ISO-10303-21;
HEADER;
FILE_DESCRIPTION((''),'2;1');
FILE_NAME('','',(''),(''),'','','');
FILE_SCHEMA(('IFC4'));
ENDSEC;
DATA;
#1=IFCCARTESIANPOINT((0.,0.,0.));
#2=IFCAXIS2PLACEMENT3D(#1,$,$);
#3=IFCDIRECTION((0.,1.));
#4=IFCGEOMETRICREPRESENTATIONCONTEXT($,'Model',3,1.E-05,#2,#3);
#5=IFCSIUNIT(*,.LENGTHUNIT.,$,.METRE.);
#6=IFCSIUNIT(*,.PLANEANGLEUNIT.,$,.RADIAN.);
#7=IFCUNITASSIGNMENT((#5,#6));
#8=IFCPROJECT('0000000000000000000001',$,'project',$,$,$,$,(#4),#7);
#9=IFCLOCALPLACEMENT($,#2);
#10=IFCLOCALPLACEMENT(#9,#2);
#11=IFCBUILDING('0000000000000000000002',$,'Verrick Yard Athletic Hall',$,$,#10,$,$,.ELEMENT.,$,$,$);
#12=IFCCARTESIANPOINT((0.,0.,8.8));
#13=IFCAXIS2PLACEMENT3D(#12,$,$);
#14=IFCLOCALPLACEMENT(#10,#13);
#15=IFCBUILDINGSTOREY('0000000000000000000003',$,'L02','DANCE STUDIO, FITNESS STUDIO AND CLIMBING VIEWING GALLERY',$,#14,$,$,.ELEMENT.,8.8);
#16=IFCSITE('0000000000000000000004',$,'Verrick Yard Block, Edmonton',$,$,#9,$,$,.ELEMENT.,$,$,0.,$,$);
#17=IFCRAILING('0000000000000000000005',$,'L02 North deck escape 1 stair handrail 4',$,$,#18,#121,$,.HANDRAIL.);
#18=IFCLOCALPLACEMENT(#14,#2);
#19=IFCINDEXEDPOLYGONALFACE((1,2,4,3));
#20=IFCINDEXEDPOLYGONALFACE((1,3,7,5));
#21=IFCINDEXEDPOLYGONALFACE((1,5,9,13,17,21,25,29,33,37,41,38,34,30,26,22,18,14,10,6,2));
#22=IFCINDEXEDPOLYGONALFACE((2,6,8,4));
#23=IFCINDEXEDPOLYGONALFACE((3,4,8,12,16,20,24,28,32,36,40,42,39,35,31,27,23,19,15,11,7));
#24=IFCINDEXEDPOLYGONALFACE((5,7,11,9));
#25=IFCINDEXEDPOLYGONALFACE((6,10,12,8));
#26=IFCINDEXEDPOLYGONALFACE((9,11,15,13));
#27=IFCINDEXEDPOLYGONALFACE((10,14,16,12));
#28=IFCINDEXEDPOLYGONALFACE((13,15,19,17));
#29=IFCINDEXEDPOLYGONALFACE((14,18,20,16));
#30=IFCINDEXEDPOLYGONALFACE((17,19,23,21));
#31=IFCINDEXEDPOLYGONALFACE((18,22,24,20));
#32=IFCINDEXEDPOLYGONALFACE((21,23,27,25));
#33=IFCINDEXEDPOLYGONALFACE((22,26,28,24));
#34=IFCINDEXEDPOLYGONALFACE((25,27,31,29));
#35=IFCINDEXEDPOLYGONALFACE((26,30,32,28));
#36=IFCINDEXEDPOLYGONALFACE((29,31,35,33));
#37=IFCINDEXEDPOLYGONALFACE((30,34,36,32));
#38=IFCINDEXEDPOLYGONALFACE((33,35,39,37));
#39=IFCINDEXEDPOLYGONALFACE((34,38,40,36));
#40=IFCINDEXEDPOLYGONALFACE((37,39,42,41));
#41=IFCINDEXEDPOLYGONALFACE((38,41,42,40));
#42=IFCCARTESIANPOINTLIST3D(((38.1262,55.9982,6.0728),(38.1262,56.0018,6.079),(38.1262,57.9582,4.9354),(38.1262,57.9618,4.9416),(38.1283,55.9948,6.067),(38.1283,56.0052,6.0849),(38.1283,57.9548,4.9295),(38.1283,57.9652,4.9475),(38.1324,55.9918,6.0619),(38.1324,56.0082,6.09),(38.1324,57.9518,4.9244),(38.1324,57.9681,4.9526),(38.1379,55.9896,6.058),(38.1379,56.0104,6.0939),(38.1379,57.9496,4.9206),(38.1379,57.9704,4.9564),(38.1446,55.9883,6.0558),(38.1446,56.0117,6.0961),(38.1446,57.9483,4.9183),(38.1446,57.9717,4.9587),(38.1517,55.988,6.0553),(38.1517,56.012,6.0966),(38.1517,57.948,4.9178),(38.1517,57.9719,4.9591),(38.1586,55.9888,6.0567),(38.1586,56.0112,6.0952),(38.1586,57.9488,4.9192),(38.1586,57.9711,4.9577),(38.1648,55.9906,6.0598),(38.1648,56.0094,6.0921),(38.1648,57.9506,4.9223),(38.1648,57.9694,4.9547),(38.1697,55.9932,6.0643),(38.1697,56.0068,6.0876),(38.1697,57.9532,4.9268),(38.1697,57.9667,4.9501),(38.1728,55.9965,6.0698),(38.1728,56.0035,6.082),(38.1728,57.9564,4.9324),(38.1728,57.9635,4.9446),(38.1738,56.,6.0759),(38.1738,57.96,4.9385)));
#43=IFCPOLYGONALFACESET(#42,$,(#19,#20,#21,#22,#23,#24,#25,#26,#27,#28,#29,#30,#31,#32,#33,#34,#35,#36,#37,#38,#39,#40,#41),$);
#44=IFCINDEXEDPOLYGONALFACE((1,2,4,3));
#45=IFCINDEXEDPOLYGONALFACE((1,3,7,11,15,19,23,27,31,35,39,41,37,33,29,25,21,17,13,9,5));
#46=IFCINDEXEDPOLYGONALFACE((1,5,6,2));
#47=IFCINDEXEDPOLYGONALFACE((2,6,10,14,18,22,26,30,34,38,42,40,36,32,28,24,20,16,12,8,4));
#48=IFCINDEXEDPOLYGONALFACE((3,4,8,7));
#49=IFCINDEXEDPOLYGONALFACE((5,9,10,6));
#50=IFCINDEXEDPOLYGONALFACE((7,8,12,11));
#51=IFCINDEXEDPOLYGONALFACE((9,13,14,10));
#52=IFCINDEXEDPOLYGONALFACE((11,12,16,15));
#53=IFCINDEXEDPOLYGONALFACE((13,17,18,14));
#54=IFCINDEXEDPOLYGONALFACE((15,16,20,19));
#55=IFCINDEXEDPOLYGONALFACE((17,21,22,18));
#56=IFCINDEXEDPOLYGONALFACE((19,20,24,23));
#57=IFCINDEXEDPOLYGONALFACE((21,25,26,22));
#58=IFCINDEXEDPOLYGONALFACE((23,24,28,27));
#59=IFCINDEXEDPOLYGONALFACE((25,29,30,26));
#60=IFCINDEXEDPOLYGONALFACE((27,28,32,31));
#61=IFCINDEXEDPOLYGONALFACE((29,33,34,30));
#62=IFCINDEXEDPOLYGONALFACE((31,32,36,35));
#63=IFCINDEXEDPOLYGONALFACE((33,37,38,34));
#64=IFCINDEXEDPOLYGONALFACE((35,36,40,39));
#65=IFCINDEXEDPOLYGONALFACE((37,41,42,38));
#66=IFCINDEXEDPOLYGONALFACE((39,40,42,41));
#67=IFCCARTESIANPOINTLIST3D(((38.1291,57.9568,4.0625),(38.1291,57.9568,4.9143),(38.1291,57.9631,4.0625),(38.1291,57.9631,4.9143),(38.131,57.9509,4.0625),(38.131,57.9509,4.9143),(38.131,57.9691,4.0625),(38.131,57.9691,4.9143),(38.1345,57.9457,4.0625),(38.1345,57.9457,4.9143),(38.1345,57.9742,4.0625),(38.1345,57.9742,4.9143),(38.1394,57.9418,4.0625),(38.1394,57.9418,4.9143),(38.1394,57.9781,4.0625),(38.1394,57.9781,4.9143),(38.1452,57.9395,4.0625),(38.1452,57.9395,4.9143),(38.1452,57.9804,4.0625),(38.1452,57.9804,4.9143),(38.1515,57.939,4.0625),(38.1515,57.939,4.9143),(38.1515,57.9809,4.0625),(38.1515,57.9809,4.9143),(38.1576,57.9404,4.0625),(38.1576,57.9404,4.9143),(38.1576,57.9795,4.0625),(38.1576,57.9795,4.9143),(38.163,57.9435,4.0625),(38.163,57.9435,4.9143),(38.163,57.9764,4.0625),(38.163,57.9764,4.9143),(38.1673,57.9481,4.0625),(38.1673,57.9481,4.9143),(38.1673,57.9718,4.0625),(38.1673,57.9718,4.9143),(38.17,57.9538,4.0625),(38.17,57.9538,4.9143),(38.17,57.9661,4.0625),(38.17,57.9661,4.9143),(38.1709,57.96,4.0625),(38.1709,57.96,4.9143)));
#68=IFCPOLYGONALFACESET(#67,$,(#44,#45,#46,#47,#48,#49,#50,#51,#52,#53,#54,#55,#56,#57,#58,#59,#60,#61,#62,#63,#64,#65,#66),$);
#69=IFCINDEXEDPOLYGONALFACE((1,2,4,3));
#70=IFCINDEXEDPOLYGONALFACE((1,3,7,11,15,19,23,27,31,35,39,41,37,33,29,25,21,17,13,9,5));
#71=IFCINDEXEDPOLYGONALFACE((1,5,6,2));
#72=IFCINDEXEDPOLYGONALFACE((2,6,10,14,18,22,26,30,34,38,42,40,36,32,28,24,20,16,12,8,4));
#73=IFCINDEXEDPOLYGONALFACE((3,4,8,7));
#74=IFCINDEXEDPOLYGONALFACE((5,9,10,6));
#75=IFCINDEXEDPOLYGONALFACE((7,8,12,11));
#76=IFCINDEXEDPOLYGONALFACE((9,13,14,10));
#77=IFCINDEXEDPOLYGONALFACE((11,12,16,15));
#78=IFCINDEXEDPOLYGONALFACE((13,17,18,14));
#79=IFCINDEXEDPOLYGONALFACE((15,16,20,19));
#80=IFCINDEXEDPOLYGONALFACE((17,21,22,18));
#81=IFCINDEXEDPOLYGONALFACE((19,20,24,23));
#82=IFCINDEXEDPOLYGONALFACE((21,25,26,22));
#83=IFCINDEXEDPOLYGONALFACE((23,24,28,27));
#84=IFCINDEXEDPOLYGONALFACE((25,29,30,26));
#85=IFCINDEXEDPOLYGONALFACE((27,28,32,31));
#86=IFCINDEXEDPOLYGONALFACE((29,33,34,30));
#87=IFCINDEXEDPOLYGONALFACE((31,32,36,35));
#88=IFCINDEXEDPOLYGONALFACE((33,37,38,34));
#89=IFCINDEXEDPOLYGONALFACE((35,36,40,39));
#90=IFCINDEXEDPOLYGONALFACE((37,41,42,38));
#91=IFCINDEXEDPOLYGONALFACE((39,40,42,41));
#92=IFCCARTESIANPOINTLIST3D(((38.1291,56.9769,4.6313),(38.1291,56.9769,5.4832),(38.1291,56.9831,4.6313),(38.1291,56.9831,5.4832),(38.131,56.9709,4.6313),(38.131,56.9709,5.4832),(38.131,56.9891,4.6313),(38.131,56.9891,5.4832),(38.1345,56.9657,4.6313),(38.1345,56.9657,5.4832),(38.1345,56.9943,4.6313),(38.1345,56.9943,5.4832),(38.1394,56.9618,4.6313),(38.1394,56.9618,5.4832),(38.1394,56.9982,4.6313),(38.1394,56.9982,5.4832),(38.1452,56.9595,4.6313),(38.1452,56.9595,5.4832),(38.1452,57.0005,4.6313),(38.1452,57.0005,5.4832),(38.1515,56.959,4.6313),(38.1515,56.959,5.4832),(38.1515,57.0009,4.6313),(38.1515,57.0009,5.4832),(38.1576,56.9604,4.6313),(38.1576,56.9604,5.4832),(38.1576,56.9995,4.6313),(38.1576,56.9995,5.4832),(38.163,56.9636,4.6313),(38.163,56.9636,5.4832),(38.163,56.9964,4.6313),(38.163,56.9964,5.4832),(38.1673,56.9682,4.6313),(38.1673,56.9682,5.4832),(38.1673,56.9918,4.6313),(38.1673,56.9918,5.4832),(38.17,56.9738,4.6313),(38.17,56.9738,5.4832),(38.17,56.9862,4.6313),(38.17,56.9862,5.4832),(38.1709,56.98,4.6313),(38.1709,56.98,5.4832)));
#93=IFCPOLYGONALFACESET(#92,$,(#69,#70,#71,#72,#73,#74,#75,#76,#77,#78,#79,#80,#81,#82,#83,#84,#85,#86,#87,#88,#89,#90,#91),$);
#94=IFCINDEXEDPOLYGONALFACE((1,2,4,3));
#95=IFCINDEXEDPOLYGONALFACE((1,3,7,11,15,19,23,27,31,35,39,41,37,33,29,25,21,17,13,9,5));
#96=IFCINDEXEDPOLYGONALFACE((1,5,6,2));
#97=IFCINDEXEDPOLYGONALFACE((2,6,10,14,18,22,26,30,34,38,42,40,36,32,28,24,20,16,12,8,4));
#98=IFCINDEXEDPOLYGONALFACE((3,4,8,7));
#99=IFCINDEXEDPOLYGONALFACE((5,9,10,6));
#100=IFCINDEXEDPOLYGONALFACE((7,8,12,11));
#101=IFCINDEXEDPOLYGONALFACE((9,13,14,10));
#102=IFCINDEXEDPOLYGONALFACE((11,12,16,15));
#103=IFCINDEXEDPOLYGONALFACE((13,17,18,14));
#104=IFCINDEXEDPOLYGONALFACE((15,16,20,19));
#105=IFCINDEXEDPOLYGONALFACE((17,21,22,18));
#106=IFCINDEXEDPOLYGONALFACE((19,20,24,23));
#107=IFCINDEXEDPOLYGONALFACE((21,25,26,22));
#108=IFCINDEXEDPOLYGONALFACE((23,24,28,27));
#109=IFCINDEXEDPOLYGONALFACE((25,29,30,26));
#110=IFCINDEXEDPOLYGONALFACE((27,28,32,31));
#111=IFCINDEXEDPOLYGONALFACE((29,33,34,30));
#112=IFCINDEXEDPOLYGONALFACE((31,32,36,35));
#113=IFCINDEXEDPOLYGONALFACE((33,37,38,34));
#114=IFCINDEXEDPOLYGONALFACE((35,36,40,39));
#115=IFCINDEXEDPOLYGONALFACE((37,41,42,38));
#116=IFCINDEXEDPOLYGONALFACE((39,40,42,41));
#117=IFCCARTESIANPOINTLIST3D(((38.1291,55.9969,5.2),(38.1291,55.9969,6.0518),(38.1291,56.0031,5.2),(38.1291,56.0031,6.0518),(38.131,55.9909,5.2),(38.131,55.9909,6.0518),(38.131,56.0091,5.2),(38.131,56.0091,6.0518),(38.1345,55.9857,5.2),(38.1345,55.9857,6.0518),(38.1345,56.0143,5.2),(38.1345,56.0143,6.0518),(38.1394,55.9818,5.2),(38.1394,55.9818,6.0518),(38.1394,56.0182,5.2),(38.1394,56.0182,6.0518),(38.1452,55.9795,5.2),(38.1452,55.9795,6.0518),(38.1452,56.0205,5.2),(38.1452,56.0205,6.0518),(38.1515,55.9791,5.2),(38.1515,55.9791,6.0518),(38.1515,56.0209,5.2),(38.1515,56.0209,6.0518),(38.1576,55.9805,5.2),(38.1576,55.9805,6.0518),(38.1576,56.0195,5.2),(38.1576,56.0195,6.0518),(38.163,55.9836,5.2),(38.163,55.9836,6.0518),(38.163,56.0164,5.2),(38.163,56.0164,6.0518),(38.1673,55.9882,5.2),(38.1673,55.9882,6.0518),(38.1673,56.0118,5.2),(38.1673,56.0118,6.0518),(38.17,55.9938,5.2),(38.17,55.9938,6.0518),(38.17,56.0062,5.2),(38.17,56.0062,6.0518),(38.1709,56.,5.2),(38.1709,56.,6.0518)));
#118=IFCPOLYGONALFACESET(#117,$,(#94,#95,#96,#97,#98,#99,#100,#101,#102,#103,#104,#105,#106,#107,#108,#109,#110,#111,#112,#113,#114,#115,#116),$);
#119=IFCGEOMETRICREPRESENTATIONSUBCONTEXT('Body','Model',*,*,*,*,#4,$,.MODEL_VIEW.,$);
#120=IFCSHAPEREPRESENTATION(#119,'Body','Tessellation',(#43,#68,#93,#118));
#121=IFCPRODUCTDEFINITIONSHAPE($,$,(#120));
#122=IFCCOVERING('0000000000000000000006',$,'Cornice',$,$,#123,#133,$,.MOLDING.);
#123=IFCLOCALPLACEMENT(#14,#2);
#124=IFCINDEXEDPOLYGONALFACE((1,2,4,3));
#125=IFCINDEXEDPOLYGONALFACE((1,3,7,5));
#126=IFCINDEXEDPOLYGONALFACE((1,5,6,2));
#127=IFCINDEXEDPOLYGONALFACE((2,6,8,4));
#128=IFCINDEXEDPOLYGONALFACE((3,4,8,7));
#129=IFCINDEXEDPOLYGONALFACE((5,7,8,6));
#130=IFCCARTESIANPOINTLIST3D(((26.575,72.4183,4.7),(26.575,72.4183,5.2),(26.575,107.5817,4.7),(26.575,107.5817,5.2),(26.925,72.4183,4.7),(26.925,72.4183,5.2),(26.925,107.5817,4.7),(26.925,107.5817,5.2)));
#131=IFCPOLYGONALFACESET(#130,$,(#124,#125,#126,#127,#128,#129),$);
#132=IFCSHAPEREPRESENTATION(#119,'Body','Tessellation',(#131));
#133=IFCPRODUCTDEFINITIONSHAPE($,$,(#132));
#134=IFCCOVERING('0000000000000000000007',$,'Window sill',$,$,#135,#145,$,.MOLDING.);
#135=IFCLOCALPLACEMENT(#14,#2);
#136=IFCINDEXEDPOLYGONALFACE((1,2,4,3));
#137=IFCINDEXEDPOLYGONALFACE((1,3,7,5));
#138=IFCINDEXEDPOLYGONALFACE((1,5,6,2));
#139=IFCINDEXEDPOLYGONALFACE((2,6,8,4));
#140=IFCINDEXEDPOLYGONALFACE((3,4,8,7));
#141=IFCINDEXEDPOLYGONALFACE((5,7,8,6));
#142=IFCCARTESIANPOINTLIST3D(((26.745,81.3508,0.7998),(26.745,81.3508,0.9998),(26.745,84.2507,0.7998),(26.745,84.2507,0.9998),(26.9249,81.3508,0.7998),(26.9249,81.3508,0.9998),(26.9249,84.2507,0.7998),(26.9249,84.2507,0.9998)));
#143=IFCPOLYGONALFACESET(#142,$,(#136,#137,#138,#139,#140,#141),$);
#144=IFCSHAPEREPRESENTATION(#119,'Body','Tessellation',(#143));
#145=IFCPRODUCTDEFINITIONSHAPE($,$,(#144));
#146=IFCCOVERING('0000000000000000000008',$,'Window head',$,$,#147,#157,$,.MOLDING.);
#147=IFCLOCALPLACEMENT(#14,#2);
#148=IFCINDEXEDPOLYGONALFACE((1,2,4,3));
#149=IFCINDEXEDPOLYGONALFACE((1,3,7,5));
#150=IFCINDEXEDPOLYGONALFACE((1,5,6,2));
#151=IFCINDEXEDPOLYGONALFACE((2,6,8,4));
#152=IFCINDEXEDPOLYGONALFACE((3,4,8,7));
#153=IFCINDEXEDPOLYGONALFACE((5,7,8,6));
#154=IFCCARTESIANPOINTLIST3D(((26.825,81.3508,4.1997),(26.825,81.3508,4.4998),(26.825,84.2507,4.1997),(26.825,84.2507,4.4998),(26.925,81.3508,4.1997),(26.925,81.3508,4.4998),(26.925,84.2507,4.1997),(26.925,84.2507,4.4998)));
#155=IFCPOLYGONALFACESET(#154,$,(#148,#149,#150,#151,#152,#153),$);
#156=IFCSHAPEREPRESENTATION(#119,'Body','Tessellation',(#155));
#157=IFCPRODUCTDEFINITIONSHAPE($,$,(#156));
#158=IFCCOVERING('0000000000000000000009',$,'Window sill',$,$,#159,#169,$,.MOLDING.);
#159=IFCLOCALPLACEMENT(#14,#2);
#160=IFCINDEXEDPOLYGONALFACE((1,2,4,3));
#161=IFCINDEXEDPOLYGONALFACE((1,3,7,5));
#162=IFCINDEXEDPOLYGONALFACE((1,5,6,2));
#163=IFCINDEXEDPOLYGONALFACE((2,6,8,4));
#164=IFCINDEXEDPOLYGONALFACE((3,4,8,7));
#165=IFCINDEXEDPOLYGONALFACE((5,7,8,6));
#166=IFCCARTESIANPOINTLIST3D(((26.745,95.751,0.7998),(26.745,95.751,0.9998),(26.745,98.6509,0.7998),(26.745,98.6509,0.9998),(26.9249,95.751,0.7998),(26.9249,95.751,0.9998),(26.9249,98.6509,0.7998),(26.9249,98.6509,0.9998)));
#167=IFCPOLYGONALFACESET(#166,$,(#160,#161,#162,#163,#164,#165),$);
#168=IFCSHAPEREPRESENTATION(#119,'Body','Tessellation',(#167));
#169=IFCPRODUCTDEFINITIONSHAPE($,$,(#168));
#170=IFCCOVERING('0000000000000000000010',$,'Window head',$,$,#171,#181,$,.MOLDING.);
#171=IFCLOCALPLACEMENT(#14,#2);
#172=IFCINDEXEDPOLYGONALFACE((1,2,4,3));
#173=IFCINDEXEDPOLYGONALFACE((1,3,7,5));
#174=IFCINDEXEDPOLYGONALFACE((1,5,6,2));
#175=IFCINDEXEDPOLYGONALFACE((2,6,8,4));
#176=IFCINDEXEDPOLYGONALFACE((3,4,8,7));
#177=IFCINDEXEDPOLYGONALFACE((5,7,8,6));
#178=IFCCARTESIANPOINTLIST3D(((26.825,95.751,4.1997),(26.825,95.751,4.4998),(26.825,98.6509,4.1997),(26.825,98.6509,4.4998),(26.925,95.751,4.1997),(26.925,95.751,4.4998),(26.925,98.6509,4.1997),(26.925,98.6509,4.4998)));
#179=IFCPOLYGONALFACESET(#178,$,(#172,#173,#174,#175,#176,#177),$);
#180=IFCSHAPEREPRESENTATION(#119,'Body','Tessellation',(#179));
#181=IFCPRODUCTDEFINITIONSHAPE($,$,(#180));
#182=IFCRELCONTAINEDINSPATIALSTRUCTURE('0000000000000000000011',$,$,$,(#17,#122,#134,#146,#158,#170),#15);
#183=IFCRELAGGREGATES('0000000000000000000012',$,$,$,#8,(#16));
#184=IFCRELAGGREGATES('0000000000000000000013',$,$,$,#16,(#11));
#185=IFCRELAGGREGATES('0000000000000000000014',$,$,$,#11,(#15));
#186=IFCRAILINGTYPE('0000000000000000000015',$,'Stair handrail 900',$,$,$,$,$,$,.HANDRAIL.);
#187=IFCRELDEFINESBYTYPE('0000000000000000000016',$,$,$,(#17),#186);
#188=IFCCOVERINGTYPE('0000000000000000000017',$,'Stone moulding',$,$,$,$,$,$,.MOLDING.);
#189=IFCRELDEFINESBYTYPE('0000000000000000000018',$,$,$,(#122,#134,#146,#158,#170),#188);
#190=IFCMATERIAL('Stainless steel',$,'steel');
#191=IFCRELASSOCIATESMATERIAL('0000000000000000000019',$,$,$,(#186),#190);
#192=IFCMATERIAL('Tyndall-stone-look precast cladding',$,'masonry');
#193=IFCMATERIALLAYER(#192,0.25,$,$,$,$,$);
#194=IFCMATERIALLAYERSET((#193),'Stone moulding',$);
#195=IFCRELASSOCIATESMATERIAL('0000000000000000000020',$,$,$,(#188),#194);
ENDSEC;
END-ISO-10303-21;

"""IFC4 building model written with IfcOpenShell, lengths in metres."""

from ifc_helpers import new_model, si_unit, direction, frame, origin, origin_2d, place, context, subcontext, project, spatial, rectangle, circle, extrude, material, layer, layer_set, type_object, element, save


model = new_model("IFC4")

# Units and contexts
model_context = context("Model", 3, precision=1e-05, world=origin(), true_north=direction((0.0, 1.0)))
body_context = subcontext(model_context, "Body", "Model", "MODEL_VIEW")
ifc_project = project(units=[si_unit("LENGTHUNIT", "METRE"), si_unit("PLANEANGLEUNIT", "RADIAN")], contexts=[model_context])

# Site, building, storey
site_placement = place(None, origin())
site = spatial("IfcSite", under=ifc_project, at=site_placement, Name="Verrick Yard Block, Edmonton", CompositionType="ELEMENT", RefElevation=0.0)
building_placement = place(site_placement, origin())
building = spatial("IfcBuilding", under=site, at=building_placement, Name="Verrick Yard Athletic Hall", CompositionType="ELEMENT")
storey_placement = place(building_placement, frame((0.0, 0.0, 8.8)))
storey = spatial("IfcBuildingStorey", under=building, at=storey_placement, Name="L02", Description="DANCE STUDIO, FITNESS STUDIO AND CLIMBING VIEWING GALLERY", CompositionType="ELEMENT", Elevation=8.8)

# Shared definitions
ifc_material_1 = material(Name="Tyndall-stone-look precast cladding", Category="masonry")

# Railing
ifc_material_2 = material(Name="Stainless steel", Category="steel")
railing_type_1 = type_object("IfcRailingType", Name="Stair handrail 900", PredefinedType="HANDRAIL", material=ifc_material_2)
railing_1_placement = place(storey_placement, frame((38.1499, 57.96, 4.0625)))
element("IfcRailing", 1, at=railing_1_placement, inside=storey, type_object=railing_type_1, Name="L02 North deck escape 1 stair handrail 4", PredefinedType="HANDRAIL", context=body_context, shape_type="SweptSolid", body=[
    extrude(circle(Radius=0.0239, at=origin_2d()), frame((0.0, 0.0, 0.876), z_axis=(0.0, -0.864902, 0.501941), x_axis=(1.0, 0.0, 0.0)), (0.0, 0.0, 1.0), 2.2661),
    extrude(circle(Radius=0.021, at=origin_2d()), origin(), (0.0, 0.0, 1.0), 0.8518),
    extrude(circle(Radius=0.021, at=origin_2d()), frame((0.0, -0.98, 0.5688)), (0.0, 0.0, 1.0), 0.8518),
    extrude(circle(Radius=0.021, at=origin_2d()), frame((0.0, -1.96, 1.1375)), (0.0, 0.0, 1.0), 0.8518),
])

# Coverings
ifc_layer_1 = layer(ifc_material_1, 0.25)
ifc_layer_set_1 = layer_set([ifc_layer_1], Name="Stone moulding")
covering_type = type_object("IfcCoveringType", Name="Stone moulding", PredefinedType="MOLDING", material=ifc_layer_set_1)
covering_1_placement = place(storey_placement, frame((26.75, 90.0, 4.7), z_axis=(0.0, 0.0, 1.0), x_axis=(0.0, 1.0, 0.0)))
element("IfcCovering", 2, at=covering_1_placement, inside=storey, type_object=covering_type, Name="Cornice", PredefinedType="MOLDING", context=body_context, shape_type="SweptSolid", body=[
    extrude(rectangle(XDim=35.1633, YDim=0.3501, at=origin_2d()), origin(), (0.0, 0.0, 1.0), 0.5),
])
covering_2_placement = place(storey_placement, frame((26.835, 82.8008, 0.7998), z_axis=(0.0, 0.0, 1.0), x_axis=(0.0, 1.0, 0.0)))
element("IfcCovering", 3, at=covering_2_placement, inside=storey, type_object=covering_type, Name="Window sill", PredefinedType="MOLDING", context=body_context, shape_type="SweptSolid", body=[
    extrude(rectangle(XDim=2.8999, YDim=0.1799, at=origin_2d()), origin(), (0.0, 0.0, 1.0), 0.2),
])
covering_3_placement = place(storey_placement, frame((26.875, 82.8008, 4.1997), z_axis=(0.0, 0.0, 1.0), x_axis=(0.0, 1.0, 0.0)))
element("IfcCovering", 4, at=covering_3_placement, inside=storey, type_object=covering_type, Name="Window head", PredefinedType="MOLDING", context=body_context, shape_type="SweptSolid", body=[
    extrude(rectangle(XDim=2.8999, YDim=0.1001, at=origin_2d()), origin(), (0.0, 0.0, 1.0), 0.3),
])
covering_4_placement = place(storey_placement, frame((26.835, 97.2009, 0.7998), z_axis=(0.0, 0.0, 1.0), x_axis=(0.0, 1.0, 0.0)))
element("IfcCovering", 5, at=covering_4_placement, inside=storey, type_object=covering_type, Name="Window sill", PredefinedType="MOLDING", context=body_context, shape_type="SweptSolid", body=[
    extrude(rectangle(XDim=2.8999, YDim=0.1799, at=origin_2d()), origin(), (0.0, 0.0, 1.0), 0.2),
])
covering_5_placement = place(storey_placement, frame((26.875, 97.2009, 4.1997), z_axis=(0.0, 0.0, 1.0), x_axis=(0.0, 1.0, 0.0)))
element("IfcCovering", 6, at=covering_5_placement, inside=storey, type_object=covering_type, Name="Window head", PredefinedType="MOLDING", context=body_context, shape_type="SweptSolid", body=[
    extrude(rectangle(XDim=2.8999, YDim=0.1001, at=origin_2d()), origin(), (0.0, 0.0, 1.0), 0.3),
])

save(model, "model.ifc")
